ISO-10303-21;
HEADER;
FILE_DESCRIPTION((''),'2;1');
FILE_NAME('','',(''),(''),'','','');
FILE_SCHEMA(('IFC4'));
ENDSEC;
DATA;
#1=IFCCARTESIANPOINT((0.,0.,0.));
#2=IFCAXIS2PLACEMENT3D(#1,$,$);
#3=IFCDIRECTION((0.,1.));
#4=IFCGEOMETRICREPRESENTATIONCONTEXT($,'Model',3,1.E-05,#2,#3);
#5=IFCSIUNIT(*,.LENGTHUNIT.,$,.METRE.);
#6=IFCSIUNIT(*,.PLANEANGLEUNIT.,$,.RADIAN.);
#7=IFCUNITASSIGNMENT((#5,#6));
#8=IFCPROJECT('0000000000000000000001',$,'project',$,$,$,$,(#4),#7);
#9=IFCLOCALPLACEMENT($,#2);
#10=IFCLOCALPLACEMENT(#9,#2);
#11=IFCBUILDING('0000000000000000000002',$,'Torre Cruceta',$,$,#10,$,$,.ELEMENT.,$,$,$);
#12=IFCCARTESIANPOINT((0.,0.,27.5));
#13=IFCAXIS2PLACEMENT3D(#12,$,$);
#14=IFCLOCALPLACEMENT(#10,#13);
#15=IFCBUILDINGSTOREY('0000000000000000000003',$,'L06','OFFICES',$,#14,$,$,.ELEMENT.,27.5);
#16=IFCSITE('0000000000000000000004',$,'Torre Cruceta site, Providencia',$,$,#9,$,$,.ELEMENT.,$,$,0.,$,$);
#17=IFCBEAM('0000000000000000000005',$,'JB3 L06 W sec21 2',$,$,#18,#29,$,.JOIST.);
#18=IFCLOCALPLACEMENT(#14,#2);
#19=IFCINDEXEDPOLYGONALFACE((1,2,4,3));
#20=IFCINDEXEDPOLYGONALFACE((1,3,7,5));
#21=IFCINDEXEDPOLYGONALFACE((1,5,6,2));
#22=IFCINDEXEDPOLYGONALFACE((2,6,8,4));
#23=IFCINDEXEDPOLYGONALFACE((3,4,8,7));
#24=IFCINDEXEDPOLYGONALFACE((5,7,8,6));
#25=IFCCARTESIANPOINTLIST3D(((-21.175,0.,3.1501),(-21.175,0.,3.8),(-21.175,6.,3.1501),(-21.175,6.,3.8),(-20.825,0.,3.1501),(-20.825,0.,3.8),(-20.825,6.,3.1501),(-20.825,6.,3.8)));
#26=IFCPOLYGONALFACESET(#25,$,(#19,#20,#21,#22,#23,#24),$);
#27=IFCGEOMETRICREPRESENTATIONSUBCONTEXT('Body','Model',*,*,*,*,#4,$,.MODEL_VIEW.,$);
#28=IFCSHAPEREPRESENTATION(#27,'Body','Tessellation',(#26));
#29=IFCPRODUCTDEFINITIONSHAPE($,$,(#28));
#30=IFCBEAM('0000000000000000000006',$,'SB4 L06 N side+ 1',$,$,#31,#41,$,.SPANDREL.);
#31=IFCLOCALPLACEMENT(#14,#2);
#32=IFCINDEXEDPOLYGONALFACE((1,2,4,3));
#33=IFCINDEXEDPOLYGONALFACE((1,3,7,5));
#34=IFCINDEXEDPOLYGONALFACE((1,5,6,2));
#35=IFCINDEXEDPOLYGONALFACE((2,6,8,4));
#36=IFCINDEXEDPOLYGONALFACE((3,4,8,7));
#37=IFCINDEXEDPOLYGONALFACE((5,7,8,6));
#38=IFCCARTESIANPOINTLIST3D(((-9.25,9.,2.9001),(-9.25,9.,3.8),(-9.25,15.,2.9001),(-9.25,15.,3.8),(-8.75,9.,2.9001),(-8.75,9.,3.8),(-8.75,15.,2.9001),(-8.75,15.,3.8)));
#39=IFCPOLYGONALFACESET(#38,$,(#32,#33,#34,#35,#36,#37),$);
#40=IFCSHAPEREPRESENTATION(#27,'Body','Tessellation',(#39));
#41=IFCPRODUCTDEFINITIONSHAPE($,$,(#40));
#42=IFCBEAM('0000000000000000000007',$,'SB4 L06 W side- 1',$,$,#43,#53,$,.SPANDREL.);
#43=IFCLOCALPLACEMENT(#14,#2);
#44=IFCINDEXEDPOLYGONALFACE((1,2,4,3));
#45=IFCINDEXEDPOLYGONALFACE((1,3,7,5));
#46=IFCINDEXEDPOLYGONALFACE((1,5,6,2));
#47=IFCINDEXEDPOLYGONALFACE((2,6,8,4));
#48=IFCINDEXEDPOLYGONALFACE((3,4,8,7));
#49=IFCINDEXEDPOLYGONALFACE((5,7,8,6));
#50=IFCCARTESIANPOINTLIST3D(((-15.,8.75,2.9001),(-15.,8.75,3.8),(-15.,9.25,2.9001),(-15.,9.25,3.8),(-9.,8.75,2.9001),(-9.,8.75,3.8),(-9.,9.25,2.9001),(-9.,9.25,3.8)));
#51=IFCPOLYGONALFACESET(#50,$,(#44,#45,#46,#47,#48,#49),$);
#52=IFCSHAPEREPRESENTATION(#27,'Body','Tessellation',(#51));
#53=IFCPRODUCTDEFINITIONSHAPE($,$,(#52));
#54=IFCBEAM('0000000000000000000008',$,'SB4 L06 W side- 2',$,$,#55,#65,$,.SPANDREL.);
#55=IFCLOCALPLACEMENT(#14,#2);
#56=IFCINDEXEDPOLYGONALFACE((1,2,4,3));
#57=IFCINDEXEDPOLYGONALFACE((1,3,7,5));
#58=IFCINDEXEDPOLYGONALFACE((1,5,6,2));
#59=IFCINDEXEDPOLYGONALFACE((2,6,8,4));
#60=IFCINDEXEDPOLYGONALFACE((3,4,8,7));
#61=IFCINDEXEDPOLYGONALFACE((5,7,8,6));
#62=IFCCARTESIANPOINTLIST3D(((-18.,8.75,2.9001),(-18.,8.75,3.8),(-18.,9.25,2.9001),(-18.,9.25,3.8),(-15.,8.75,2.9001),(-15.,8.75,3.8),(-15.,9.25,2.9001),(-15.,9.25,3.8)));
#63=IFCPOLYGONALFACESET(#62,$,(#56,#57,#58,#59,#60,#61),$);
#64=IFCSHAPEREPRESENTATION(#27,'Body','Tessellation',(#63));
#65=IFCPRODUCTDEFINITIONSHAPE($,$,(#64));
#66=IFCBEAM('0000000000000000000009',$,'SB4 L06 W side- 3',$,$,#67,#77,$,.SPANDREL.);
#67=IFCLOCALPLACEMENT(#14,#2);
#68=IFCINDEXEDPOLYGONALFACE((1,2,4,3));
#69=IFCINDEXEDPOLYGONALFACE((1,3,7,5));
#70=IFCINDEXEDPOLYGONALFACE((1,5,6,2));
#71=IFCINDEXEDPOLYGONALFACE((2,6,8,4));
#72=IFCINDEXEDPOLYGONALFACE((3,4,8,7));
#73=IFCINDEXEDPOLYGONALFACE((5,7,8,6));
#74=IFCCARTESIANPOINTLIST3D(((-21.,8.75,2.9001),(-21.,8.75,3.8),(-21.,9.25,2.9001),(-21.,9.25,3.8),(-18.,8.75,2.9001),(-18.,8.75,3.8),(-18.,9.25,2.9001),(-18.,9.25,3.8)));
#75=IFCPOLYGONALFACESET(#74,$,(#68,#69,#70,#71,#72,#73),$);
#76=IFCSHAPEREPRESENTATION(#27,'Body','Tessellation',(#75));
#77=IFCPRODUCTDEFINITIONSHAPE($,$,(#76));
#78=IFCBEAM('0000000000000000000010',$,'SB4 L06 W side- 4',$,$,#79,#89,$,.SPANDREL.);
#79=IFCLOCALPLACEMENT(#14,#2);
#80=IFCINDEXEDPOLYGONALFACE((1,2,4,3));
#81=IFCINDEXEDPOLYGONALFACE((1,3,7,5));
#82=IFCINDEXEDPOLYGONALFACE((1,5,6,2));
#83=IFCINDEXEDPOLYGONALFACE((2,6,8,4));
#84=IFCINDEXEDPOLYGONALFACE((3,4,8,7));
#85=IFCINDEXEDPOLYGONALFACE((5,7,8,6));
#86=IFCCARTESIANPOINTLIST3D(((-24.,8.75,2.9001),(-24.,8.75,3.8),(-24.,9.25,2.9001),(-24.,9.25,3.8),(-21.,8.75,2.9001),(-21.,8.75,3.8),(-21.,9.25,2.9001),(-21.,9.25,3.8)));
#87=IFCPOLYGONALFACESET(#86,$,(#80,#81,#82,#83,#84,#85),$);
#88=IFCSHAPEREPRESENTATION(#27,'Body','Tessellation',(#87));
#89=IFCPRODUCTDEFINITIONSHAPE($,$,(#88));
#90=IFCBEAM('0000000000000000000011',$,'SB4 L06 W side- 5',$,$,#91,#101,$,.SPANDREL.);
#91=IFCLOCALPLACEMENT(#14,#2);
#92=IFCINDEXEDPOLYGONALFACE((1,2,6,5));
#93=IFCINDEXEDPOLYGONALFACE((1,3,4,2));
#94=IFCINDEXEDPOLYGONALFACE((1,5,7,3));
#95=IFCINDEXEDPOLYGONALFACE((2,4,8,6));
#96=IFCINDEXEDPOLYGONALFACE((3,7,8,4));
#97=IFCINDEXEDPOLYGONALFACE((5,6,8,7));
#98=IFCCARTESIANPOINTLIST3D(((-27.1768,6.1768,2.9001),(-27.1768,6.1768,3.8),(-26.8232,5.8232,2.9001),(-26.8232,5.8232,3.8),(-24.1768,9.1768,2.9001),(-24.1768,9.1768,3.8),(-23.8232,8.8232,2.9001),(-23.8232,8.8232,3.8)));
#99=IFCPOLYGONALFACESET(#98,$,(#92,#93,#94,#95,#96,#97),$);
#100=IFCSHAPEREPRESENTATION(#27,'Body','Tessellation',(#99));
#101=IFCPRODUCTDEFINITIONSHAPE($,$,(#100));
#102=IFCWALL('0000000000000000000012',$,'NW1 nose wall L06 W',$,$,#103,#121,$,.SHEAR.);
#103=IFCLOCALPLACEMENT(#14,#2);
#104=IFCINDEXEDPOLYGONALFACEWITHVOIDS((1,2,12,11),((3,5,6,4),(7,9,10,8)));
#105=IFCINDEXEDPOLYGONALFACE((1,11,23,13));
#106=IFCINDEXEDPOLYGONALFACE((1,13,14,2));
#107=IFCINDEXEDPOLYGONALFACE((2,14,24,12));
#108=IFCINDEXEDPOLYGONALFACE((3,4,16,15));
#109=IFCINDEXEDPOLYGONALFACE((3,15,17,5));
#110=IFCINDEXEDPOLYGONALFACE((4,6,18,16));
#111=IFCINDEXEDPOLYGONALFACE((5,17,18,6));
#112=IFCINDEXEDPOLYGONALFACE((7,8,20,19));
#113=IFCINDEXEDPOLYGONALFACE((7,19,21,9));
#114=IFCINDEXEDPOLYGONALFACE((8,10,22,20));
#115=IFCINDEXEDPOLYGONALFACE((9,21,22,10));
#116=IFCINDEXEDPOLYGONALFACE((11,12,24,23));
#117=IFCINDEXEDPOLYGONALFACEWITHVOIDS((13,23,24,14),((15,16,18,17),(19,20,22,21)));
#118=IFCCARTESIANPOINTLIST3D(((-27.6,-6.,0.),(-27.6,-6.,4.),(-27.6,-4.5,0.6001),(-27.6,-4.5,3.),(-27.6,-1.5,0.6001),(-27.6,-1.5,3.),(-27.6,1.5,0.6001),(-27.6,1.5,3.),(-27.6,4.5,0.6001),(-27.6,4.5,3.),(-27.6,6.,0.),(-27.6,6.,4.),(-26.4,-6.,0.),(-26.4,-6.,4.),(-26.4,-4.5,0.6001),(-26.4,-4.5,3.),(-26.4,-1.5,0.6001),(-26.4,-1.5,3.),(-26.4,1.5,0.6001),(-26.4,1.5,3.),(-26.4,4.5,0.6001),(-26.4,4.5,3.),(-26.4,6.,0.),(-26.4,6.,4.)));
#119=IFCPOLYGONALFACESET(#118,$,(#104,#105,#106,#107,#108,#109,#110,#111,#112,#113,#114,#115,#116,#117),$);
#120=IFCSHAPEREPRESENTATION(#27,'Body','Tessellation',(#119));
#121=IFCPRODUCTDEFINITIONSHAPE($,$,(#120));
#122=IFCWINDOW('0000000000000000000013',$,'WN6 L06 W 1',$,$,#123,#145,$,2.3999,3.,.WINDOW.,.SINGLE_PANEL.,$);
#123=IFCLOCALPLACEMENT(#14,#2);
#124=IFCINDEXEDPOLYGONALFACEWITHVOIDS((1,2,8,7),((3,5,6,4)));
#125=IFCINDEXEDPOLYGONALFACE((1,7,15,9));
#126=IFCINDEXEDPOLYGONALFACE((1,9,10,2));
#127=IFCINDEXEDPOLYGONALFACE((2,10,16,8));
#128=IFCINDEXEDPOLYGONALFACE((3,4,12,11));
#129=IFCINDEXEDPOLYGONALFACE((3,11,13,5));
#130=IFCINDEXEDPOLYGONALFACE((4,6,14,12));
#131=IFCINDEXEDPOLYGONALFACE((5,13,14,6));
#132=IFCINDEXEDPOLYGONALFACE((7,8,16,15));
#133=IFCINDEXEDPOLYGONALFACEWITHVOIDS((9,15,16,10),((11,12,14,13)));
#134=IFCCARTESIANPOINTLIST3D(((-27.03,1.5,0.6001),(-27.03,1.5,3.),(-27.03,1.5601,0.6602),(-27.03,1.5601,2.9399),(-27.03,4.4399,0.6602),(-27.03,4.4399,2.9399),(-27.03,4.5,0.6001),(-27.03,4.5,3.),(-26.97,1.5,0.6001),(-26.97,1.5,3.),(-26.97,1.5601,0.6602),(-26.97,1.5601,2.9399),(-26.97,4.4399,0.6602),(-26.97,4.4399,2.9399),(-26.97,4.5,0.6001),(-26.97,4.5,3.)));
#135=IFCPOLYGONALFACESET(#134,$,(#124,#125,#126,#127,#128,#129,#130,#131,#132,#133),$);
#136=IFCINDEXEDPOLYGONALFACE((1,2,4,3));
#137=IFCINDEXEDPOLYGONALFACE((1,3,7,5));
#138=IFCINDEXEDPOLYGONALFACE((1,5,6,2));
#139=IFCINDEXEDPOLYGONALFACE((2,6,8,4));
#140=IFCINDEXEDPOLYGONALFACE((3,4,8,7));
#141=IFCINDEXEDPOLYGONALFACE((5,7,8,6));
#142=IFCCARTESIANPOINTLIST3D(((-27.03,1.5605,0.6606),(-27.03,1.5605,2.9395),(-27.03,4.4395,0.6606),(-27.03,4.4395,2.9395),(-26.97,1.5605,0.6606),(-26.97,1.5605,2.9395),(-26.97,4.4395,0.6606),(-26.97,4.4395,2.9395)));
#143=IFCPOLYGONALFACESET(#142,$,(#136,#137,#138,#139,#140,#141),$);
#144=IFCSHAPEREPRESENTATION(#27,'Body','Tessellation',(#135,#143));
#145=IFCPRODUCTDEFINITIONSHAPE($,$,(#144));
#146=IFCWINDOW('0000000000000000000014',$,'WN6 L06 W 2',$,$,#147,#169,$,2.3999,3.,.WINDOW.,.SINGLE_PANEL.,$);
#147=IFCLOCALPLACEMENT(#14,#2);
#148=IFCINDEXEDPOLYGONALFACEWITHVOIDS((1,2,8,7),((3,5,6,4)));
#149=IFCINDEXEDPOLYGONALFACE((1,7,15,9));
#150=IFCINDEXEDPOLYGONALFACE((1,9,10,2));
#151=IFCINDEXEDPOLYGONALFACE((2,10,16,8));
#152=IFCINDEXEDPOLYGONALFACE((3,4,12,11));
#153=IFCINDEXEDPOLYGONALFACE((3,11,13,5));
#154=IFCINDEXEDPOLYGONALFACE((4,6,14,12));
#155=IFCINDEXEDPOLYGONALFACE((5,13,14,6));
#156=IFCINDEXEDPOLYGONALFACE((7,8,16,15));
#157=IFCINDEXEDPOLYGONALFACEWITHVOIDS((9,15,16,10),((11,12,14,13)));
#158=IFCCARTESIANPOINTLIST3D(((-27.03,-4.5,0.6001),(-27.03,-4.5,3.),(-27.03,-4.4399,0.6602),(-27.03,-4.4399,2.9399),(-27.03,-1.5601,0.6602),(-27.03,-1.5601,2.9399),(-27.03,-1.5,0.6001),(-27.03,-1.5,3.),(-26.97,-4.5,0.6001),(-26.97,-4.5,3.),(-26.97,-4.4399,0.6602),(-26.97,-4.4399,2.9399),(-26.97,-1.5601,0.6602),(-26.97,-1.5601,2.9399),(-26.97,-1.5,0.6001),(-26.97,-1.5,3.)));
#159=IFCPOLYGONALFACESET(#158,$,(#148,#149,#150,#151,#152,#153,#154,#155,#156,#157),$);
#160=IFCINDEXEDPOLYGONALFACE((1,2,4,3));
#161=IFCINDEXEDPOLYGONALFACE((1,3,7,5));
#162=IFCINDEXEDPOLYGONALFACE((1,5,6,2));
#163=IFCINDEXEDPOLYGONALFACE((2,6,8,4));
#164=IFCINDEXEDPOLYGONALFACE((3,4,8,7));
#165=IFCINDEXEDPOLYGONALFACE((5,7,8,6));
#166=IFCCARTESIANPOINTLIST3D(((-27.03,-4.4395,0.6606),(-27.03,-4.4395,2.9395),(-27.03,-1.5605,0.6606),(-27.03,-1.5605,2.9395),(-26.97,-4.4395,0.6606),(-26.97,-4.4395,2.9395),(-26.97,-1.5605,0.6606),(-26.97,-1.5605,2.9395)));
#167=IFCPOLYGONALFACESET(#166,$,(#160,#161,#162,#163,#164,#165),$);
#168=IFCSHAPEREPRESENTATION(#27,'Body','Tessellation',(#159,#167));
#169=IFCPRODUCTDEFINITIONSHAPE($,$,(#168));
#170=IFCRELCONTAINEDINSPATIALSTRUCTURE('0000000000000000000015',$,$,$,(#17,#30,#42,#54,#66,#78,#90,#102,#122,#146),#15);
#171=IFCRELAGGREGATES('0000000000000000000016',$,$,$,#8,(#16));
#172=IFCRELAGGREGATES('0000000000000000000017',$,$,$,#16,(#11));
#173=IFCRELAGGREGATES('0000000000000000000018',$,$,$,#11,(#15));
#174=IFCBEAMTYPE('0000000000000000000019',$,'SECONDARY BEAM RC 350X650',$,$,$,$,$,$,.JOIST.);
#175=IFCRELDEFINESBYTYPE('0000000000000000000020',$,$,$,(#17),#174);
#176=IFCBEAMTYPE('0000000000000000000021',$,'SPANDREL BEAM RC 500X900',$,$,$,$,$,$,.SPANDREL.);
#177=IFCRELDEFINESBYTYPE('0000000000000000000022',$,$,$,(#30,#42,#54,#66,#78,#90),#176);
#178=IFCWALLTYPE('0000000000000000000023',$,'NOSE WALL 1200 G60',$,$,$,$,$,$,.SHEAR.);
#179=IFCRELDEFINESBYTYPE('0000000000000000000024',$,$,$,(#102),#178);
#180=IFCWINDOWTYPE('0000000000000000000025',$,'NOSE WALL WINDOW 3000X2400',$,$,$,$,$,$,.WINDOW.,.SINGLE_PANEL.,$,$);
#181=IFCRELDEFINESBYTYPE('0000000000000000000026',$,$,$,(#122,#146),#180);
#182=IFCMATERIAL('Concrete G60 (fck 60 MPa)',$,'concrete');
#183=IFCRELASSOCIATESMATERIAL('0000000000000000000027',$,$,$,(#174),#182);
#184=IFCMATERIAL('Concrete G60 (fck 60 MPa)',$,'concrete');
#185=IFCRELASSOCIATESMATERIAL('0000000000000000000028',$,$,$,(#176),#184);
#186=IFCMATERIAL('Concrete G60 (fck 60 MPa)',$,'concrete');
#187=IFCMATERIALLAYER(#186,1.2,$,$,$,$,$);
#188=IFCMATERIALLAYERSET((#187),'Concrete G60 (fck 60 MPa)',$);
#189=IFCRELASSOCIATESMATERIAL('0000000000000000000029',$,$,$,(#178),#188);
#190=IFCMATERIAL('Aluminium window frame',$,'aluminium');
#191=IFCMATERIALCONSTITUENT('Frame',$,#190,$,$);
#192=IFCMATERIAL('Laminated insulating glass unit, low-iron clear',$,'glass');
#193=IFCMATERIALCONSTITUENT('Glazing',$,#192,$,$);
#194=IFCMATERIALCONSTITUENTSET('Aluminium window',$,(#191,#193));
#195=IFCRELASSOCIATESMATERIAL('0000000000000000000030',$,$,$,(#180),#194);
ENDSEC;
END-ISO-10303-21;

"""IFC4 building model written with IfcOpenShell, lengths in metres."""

from ifc_helpers import new_model, si_unit, direction, frame, frame_2d, origin, origin_2d, place, context, subcontext, project, spatial, rectangle, hollow_rectangle, extrude, material, layer, layer_set, constituent, constituent_set, material_profile, profile_set, type_object, element, fill, save


model = new_model("IFC4")

# Units and contexts
model_context = context("Model", 3, precision=1e-05, world=origin(), true_north=direction((0.0, 1.0)))
body_context = subcontext(model_context, "Body", "Model", "MODEL_VIEW")
ifc_project = project(units=[si_unit("LENGTHUNIT", "METRE"), si_unit("PLANEANGLEUNIT", "RADIAN")], contexts=[model_context])

# Site, building, storey
site_placement = place(None, origin())
site = spatial("IfcSite", under=ifc_project, at=site_placement, Name="Torre Cruceta site, Providencia", CompositionType="ELEMENT", RefElevation=0.0)
building_placement = place(site_placement, origin())
building = spatial("IfcBuilding", under=site, at=building_placement, Name="Torre Cruceta", CompositionType="ELEMENT")
storey_placement = place(building_placement, frame((0.0, 0.0, 27.5)))
storey = spatial("IfcBuildingStorey", under=building, at=storey_placement, Name="L06", Description="OFFICES", CompositionType="ELEMENT", Elevation=27.5)

# Beams
ifc_material_1 = material(Name="Concrete G60 (fck 60 MPa)", Category="concrete")
ifc_material_profile_1 = material_profile(ifc_material_1, rectangle(XDim=0.3501, YDim=0.6499, at=origin_2d()), Name="RC 350X650")
ifc_profile_set_1 = profile_set([ifc_material_profile_1], Name="Concrete G60 (fck 60 MPa)")
beam_type_1 = type_object("IfcBeamType", Name="SECONDARY BEAM RC 350X650", PredefinedType="JOIST", material=ifc_profile_set_1)
beam_1_placement = place(storey_placement, frame((-21.0, 6.0, 3.4751), z_axis=(0.0, -1.0, 0.0), x_axis=(1.0, 0.0, 0.0)))
element("IfcBeam", 1, at=beam_1_placement, inside=storey, type_object=beam_type_1, Name="JB3 L06 W sec21 2", PredefinedType="JOIST", context=body_context, shape_type="SweptSolid", body=[
    extrude(rectangle(XDim=0.3501, YDim=0.6499, at=origin_2d()), origin(), (0.0, 0.0, 1.0), 6.0),
])
ifc_material_2 = material(Name="Concrete G60 (fck 60 MPa)", Category="concrete")
ifc_material_profile_2 = material_profile(ifc_material_2, rectangle(XDim=0.5, YDim=0.8999, at=origin_2d()), Name="RC 500X900")
ifc_profile_set_2 = profile_set([ifc_material_profile_2], Name="Concrete G60 (fck 60 MPa)")
beam_type_2 = type_object("IfcBeamType", Name="SPANDREL BEAM RC 500X900", PredefinedType="SPANDREL", material=ifc_profile_set_2)
for number, where, z_axis, x_axis, name in (
    (2, (-9.0, 9.0, 3.3501), (0.0, 1.0, 0.0), (-1.0, 0.0, 0.0), "SB4 L06 N side+ 1"),
    (3, (-9.0, 9.0, 3.3501), (-1.0, 0.0, 0.0), (0.0, -1.0, 0.0), "SB4 L06 W side- 1"),
):
    element("IfcBeam", number, at=place(storey_placement, frame(where, z_axis=z_axis, x_axis=x_axis)), inside=storey, type_object=beam_type_2, Name=name, PredefinedType="SPANDREL", context=body_context, shape_type="SweptSolid", body=[
        extrude(rectangle(XDim=0.5, YDim=0.8999, at=origin_2d()), origin(), (0.0, 0.0, 1.0), 6.0),
    ])
for number, where, z_axis, x_axis, name in (
    (4, (-15.0, 9.0, 3.3501), (-1.0, 0.0, 0.0), (0.0, -1.0, 0.0), "SB4 L06 W side- 2"),
    (5, (-18.0, 9.0, 3.3501), (-1.0, 0.0, 0.0), (0.0, -1.0, 0.0), "SB4 L06 W side- 3"),
    (6, (-21.0, 9.0, 3.3501), (-1.0, 0.0, 0.0), (0.0, -1.0, 0.0), "SB4 L06 W side- 4"),
):
    element("IfcBeam", number, at=place(storey_placement, frame(where, z_axis=z_axis, x_axis=x_axis)), inside=storey, type_object=beam_type_2, Name=name, PredefinedType="SPANDREL", context=body_context, shape_type="SweptSolid", body=[
        extrude(rectangle(XDim=0.5, YDim=0.8999, at=origin_2d()), origin(), (0.0, 0.0, 1.0), 3.0),
    ])
beam_2_placement = place(storey_placement, frame((-24.0, 9.0, 3.3501), z_axis=(-0.707107, -0.707107, 0.0), x_axis=(0.707107, -0.707107, 0.0)))
element("IfcBeam", 7, at=beam_2_placement, inside=storey, type_object=beam_type_2, Name="SB4 L06 W side- 5", PredefinedType="SPANDREL", context=body_context, shape_type="SweptSolid", body=[
    extrude(rectangle(XDim=0.5, YDim=0.8999, at=origin_2d()), origin(), (0.0, 0.0, 1.0), 4.2427),
])

# Wall, openings, windows
ifc_material_3 = material(Name="Concrete G60 (fck 60 MPa)", Category="concrete")
ifc_layer_1 = layer(ifc_material_3, 1.2)
ifc_layer_set_1 = layer_set([ifc_layer_1], Name="Concrete G60 (fck 60 MPa)")
wall_type_1 = type_object("IfcWallType", Name="NOSE WALL 1200 G60", PredefinedType="SHEAR", material=ifc_layer_set_1)
wall_1_placement = place(storey_placement, frame((-27.0, 6.0, 0.0), z_axis=(0.0, 0.0, 1.0), x_axis=(0.0, -1.0, 0.0)))
wall_1 = element("IfcWall", 8, at=wall_1_placement, inside=storey, type_object=wall_type_1, Name="NW1 nose wall L06 W", PredefinedType="SHEAR", context=body_context, shape_type="SweptSolid", body=[
    extrude(rectangle(XDim=12.0, YDim=1.2, at=frame_2d((6.0, 0.0))), origin(), (0.0, 0.0, 1.0), 4.0),
])
opening_1_placement = place(wall_1_placement, frame((1.5, 0.0, 0.6001)))
opening_1 = element("IfcOpeningElement", 9, at=opening_1_placement, cuts=wall_1, PredefinedType="OPENING", context=body_context, shape_type="SweptSolid", body=[
    extrude(rectangle(XDim=3.0, YDim=2.3999, at=frame_2d((1.5, 1.2))), frame((0.0, 0.6099, 0.0), z_axis=(0.0, -1.0, 0.0), x_axis=(1.0, 0.0, 0.0)), (0.0, 0.0, 1.0), 1.22),
])
opening_2_placement = place(wall_1_placement, frame((7.5, 0.0, 0.6001)))
opening_2 = element("IfcOpeningElement", 10, at=opening_2_placement, cuts=wall_1, PredefinedType="OPENING", context=body_context, shape_type="SweptSolid", body=[
    extrude(rectangle(XDim=3.0, YDim=2.3999, at=frame_2d((1.5, 1.2))), frame((0.0, 0.6099, 0.0), z_axis=(0.0, -1.0, 0.0), x_axis=(1.0, 0.0, 0.0)), (0.0, 0.0, 1.0), 1.22),
])
ifc_material_4 = material(Name="Aluminium window frame", Category="aluminium")
ifc_constituent_1 = constituent(ifc_material_4, Name="Frame")
ifc_material_5 = material(Name="Laminated insulating glass unit, low-iron clear", Category="glass")
ifc_constituent_2 = constituent(ifc_material_5, Name="Glazing")
ifc_constituent_set_1 = constituent_set(constituents=[ifc_constituent_1, ifc_constituent_2], Name="Aluminium window")
window_type = type_object("IfcWindowType", Name="NOSE WALL WINDOW 3000X2400", PartitioningType="SINGLE_PANEL", PredefinedType="WINDOW", material=ifc_constituent_set_1)
window_1_placement = place(opening_1_placement, origin())
window_1 = element("IfcWindow", 11, at=window_1_placement, inside=storey, type_object=window_type, Name="WN6 L06 W 1", OverallHeight=2.3999, OverallWidth=3.0, PartitioningType="SINGLE_PANEL", PredefinedType="WINDOW", context=body_context, shape_type="SweptSolid", body=[
    extrude(hollow_rectangle(XDim=3.0, YDim=2.3999, WallThickness=0.0601, at=frame_2d((1.5, 1.2))), frame((0.0, 0.03, 0.0), z_axis=(0.0, -1.0, 0.0), x_axis=(1.0, 0.0, 0.0)), (0.0, 0.0, 1.0), 0.0601),
    extrude(rectangle(XDim=2.8789, YDim=2.2788, at=frame_2d((1.5, 1.2))), frame((0.0, 0.03, 0.0), z_axis=(0.0, -1.0, 0.0), x_axis=(1.0, 0.0, 0.0)), (0.0, 0.0, 1.0), 0.0601),
])
fill(opening_1, window_1)
window_2_placement = place(opening_2_placement, origin())
window_2 = element("IfcWindow", 12, at=window_2_placement, inside=storey, type_object=window_type, Name="WN6 L06 W 2", OverallHeight=2.3999, OverallWidth=3.0, PartitioningType="SINGLE_PANEL", PredefinedType="WINDOW", context=body_context, shape_type="SweptSolid", body=[
    extrude(hollow_rectangle(XDim=3.0, YDim=2.3999, WallThickness=0.0601, at=frame_2d((1.5, 1.2))), frame((0.0, 0.03, 0.0), z_axis=(0.0, -1.0, 0.0), x_axis=(1.0, 0.0, 0.0)), (0.0, 0.0, 1.0), 0.0601),
    extrude(rectangle(XDim=2.8789, YDim=2.2788, at=frame_2d((1.5, 1.2))), frame((0.0, 0.03, 0.0), z_axis=(0.0, -1.0, 0.0), x_axis=(1.0, 0.0, 0.0)), (0.0, 0.0, 1.0), 0.0601),
])
fill(opening_2, window_2)

save(model, "model.ifc")
